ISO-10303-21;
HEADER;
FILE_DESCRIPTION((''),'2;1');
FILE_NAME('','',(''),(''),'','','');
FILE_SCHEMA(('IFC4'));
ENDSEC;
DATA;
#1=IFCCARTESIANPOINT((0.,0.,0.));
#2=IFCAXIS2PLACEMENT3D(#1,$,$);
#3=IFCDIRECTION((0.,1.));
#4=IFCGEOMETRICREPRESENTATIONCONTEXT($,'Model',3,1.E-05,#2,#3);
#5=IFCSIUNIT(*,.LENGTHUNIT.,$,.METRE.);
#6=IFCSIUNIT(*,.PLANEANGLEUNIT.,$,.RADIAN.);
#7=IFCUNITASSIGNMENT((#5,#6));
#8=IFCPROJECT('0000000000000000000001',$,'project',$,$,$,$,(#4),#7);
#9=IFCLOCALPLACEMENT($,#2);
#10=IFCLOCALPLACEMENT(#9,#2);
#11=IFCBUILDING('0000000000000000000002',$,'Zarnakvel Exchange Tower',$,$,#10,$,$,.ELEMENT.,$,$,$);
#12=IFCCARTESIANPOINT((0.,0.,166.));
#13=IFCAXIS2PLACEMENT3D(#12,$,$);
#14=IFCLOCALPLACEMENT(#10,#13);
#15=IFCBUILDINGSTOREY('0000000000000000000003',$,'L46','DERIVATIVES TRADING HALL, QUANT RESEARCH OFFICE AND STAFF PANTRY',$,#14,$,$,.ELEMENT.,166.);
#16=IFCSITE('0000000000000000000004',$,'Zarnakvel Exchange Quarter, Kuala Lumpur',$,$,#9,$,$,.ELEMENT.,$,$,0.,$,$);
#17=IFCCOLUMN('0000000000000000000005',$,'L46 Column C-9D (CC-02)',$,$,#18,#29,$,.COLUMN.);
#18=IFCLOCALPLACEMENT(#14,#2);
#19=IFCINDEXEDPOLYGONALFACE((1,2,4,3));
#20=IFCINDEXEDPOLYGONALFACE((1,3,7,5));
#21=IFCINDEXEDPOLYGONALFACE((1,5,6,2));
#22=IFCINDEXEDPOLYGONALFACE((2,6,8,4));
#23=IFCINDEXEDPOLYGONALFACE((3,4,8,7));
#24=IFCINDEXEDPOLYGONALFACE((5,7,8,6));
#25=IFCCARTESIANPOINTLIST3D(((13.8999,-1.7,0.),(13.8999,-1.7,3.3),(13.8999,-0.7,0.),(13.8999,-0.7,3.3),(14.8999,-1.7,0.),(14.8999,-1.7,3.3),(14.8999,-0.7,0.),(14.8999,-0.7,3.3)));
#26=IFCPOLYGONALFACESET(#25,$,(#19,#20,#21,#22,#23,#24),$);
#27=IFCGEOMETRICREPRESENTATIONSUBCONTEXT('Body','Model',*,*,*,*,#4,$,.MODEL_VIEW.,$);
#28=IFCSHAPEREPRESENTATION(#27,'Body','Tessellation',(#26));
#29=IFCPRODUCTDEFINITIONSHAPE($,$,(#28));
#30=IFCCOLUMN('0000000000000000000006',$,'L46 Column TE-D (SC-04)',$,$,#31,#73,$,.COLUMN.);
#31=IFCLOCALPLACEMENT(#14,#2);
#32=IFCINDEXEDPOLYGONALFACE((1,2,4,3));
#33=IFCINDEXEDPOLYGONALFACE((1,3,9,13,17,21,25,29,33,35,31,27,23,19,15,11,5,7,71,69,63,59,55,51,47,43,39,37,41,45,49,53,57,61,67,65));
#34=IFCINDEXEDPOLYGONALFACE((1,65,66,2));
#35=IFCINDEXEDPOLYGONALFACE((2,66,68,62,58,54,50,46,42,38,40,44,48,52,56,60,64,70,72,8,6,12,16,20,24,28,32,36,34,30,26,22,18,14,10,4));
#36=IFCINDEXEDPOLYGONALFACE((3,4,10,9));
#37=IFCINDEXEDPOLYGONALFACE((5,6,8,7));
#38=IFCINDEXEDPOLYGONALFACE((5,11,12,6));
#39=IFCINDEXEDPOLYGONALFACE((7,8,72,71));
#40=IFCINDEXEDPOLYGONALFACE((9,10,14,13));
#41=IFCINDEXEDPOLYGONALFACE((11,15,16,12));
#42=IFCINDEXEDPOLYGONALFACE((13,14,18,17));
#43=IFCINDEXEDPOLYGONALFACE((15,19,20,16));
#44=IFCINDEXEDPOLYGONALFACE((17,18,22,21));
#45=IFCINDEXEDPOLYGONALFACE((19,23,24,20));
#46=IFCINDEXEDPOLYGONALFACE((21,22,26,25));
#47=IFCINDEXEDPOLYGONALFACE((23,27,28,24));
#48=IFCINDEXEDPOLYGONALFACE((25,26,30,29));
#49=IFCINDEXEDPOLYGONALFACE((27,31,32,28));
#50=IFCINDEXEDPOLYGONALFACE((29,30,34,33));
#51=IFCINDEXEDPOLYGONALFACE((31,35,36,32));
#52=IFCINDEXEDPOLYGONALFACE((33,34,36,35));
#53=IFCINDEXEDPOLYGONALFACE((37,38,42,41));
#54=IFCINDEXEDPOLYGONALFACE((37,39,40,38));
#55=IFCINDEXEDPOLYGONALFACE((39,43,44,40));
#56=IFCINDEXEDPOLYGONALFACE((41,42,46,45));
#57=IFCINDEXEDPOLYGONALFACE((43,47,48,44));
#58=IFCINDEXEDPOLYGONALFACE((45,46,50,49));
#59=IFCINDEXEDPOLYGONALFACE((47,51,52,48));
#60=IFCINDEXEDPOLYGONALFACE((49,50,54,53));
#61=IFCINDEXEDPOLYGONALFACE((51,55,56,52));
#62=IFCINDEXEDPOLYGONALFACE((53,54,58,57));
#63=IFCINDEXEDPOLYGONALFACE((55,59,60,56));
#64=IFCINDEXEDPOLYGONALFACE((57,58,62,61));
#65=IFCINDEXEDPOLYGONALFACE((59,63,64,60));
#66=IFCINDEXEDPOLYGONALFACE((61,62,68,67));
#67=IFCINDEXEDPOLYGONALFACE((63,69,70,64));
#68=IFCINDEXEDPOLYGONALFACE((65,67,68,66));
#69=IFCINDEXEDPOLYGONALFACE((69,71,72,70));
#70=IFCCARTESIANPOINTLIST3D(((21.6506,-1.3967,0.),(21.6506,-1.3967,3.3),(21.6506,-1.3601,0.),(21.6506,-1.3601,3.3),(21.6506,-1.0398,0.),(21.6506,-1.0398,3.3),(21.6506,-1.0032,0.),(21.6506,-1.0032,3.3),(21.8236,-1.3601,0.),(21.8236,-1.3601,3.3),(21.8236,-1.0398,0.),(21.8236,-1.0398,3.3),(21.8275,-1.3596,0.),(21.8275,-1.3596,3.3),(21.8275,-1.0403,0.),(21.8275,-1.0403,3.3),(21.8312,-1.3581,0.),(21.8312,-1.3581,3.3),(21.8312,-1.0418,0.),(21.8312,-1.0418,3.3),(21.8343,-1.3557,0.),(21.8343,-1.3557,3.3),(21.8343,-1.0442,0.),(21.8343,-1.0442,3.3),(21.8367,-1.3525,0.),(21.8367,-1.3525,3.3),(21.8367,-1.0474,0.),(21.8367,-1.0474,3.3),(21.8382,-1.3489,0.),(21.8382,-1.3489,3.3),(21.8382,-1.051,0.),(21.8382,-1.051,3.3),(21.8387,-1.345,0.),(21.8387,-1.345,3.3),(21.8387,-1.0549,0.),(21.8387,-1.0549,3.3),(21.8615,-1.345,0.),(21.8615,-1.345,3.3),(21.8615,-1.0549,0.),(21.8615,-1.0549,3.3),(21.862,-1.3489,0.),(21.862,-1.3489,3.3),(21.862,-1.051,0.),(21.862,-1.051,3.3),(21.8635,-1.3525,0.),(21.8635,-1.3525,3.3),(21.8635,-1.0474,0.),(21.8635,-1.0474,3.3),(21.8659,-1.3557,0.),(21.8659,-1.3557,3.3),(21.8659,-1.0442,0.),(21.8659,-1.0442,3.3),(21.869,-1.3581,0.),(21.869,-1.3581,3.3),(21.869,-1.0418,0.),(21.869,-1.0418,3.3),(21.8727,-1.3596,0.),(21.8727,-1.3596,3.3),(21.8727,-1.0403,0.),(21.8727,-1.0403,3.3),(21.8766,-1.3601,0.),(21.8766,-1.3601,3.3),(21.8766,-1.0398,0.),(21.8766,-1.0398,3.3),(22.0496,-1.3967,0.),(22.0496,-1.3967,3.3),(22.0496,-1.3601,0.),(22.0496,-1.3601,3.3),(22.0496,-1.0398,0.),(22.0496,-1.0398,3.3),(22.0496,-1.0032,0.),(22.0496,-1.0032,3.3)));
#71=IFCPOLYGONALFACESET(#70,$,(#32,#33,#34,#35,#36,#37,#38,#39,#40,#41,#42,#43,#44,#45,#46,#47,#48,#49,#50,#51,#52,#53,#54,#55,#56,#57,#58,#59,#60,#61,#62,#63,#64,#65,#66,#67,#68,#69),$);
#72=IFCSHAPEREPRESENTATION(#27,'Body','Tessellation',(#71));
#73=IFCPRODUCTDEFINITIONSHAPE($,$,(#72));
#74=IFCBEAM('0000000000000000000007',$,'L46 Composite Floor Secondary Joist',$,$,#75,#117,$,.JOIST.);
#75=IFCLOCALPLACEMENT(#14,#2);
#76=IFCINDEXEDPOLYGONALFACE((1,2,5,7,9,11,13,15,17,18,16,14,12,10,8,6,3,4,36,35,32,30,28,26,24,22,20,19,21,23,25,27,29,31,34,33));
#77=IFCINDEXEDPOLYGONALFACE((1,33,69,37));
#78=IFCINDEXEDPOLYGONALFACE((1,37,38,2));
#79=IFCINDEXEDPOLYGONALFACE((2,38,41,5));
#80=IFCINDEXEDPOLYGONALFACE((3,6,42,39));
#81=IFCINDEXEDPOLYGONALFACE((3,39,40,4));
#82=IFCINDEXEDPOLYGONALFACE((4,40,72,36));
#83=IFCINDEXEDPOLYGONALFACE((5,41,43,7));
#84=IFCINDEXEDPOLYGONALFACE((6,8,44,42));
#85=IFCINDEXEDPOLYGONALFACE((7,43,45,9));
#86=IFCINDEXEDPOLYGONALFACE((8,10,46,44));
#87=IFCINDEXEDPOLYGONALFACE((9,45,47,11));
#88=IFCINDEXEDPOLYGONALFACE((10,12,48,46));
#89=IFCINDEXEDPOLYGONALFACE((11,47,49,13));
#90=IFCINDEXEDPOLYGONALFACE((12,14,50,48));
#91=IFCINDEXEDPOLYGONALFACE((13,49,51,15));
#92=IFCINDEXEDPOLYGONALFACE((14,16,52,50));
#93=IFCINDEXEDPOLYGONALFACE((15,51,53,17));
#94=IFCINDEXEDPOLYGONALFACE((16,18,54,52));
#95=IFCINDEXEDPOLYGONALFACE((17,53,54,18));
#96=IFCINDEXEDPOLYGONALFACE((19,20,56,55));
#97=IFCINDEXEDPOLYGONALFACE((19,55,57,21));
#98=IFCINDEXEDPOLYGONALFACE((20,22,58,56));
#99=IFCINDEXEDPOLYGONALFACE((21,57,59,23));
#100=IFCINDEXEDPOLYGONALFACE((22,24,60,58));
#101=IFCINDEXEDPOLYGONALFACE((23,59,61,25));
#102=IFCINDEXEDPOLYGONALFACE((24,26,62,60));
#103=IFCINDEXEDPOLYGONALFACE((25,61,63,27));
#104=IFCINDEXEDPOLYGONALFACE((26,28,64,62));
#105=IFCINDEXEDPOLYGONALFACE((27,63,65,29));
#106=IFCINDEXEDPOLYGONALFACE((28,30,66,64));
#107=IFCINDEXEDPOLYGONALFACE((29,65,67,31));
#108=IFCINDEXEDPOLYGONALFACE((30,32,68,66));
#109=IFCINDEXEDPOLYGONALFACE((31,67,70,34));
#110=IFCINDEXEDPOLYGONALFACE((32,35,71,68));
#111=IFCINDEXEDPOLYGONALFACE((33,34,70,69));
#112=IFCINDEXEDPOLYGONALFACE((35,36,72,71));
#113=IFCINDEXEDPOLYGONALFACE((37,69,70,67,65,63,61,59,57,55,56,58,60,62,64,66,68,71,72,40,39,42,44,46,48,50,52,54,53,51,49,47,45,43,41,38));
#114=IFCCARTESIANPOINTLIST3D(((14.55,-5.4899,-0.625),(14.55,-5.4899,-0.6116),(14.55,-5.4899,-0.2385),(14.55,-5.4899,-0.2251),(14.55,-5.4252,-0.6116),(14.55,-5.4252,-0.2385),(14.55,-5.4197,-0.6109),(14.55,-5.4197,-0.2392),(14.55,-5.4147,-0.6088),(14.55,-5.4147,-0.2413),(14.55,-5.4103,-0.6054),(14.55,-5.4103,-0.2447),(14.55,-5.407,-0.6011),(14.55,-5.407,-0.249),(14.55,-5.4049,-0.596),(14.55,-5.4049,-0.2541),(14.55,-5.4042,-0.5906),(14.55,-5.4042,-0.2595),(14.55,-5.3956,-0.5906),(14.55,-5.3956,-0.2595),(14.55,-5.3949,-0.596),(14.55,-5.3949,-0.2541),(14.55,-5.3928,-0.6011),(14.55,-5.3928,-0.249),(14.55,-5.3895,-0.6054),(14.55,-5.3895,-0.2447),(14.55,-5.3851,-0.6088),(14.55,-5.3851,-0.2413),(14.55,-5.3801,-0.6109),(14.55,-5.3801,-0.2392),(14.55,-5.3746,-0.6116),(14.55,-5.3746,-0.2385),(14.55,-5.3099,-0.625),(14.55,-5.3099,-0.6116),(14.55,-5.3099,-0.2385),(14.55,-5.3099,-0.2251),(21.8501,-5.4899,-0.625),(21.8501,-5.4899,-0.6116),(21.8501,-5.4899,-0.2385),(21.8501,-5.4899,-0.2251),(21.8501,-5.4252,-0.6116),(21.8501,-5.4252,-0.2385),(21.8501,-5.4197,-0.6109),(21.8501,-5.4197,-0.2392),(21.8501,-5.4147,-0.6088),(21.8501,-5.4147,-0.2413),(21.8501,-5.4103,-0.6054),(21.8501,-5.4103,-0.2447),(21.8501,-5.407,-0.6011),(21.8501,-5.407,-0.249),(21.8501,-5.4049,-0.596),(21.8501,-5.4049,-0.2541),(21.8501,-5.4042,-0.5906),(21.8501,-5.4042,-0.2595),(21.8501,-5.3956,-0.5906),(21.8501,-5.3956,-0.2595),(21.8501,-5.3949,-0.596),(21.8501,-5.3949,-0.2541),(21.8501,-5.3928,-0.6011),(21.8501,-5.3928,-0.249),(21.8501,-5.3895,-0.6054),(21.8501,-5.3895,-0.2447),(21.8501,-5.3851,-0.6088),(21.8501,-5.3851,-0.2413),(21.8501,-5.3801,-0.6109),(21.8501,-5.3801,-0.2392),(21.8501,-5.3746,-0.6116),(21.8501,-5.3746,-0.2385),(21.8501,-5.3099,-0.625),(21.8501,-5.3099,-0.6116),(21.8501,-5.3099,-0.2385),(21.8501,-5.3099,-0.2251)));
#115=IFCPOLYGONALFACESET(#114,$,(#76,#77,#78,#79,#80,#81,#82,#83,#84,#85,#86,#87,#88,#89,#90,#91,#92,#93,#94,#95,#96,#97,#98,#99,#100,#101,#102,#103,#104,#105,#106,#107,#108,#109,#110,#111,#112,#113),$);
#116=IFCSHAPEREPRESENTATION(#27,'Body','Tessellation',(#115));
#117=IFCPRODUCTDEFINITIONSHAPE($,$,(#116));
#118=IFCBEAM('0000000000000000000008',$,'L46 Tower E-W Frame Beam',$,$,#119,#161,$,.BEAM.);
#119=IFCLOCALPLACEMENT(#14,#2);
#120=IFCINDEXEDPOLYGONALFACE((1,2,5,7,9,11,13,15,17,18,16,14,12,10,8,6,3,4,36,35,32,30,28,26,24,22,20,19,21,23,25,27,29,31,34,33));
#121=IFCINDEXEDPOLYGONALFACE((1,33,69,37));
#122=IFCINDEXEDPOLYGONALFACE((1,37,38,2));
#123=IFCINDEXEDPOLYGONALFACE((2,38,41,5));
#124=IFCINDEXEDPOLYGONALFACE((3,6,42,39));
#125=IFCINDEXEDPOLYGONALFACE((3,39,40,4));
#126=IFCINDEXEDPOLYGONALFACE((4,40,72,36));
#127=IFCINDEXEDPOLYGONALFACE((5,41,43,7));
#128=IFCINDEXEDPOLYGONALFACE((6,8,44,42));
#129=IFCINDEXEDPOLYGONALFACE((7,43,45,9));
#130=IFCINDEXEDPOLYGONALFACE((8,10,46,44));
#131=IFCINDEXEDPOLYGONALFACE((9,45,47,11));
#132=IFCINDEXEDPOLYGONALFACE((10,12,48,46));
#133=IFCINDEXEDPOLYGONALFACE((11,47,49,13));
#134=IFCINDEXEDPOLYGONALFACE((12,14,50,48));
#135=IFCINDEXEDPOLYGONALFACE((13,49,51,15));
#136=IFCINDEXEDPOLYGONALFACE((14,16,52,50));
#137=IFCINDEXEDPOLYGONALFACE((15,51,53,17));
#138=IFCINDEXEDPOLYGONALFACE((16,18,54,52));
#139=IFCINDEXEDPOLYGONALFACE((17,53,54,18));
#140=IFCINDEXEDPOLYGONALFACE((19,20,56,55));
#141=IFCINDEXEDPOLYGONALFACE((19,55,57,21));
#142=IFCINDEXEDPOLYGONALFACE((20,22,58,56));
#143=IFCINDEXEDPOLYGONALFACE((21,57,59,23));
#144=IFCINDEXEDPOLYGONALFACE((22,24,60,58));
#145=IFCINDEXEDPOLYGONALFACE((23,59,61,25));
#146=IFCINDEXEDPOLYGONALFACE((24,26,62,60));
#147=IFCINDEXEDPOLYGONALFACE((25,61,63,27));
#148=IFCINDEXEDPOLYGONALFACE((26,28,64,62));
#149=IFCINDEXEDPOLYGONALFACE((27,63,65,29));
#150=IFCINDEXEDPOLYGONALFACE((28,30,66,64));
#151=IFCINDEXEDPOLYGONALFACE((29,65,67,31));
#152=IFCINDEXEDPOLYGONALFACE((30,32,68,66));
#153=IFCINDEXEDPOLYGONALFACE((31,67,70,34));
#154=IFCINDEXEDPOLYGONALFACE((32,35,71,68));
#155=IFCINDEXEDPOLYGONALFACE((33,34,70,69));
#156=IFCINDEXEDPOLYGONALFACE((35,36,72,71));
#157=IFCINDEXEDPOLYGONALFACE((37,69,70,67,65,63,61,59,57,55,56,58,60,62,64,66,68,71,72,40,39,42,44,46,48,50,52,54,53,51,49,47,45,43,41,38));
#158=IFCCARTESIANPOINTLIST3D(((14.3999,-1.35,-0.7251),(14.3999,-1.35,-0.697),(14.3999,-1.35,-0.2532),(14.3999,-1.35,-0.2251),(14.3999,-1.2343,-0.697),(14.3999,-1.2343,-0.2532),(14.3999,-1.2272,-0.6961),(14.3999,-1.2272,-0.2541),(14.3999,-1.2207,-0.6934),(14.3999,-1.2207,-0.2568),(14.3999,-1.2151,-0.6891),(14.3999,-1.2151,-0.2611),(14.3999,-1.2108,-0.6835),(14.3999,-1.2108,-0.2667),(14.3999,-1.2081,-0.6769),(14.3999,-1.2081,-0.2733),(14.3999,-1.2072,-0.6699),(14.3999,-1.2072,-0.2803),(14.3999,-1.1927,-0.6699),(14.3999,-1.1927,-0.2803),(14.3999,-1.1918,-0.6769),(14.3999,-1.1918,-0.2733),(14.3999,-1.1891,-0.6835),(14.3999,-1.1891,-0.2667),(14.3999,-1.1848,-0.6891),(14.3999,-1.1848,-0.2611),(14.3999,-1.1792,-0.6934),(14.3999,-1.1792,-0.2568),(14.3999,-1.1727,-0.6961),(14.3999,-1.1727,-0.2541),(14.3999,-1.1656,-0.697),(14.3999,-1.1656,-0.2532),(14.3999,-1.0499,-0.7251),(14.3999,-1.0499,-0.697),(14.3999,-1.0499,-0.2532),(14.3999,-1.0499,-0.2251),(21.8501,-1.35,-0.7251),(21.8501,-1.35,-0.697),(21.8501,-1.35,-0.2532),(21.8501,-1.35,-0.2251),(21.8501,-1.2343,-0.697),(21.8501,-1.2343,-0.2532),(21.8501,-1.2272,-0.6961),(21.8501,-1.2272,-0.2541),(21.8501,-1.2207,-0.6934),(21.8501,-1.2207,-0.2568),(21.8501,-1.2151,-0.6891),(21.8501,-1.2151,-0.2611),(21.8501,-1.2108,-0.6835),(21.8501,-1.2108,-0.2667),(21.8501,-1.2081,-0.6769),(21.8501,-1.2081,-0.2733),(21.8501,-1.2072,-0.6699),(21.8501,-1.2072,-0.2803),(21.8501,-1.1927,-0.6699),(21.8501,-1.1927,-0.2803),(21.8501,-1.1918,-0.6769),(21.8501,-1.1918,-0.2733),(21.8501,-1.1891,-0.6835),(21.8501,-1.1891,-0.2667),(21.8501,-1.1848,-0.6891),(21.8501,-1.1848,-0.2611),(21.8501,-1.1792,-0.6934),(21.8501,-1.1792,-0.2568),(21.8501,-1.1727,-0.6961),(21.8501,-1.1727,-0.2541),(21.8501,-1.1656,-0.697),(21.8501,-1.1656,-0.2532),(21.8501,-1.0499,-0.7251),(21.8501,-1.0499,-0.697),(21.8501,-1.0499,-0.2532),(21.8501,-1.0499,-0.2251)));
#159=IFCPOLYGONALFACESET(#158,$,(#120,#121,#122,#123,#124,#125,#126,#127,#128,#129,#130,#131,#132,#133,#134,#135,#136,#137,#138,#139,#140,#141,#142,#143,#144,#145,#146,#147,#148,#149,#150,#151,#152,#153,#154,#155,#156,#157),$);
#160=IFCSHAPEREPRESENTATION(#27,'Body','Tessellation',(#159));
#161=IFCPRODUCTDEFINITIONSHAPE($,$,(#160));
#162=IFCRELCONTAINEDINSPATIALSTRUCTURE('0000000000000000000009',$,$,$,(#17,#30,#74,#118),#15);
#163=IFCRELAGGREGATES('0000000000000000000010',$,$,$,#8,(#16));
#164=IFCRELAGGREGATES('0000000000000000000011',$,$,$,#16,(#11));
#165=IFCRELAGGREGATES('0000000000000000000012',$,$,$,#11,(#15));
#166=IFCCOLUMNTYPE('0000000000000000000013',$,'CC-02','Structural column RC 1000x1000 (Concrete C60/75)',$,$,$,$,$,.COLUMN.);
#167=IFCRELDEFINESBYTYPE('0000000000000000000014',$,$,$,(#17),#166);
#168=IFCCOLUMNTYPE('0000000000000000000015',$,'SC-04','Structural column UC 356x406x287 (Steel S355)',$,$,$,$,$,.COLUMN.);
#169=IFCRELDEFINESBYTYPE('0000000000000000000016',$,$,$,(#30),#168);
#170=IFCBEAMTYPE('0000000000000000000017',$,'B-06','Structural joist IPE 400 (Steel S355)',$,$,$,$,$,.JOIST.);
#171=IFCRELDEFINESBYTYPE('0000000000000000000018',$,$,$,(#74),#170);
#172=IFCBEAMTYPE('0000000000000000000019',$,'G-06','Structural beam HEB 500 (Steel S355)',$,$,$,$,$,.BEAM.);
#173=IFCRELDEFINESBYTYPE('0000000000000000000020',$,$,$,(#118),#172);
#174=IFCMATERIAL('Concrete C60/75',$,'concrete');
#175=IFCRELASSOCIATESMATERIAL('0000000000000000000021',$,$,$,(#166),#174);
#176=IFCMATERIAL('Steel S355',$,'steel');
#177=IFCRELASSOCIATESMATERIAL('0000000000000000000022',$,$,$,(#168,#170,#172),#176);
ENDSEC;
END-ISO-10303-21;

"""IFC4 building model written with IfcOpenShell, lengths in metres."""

from ifc_helpers import new_model, si_unit, direction, frame, origin, origin_2d, place, context, subcontext, project, spatial, rectangle, i_section, extrude, material, material_profile, profile_set, type_object, element, save


model = new_model("IFC4")

# Units and contexts
model_context = context("Model", 3, precision=1e-05, world=origin(), true_north=direction((0.0, 1.0)))
body_context = subcontext(model_context, "Body", "Model", "MODEL_VIEW")
ifc_project = project(units=[si_unit("LENGTHUNIT", "METRE"), si_unit("PLANEANGLEUNIT", "RADIAN")], contexts=[model_context])

# Site, building, storey
site_placement = place(None, origin())
site = spatial("IfcSite", under=ifc_project, at=site_placement, Name="Zarnakvel Exchange Quarter, Kuala Lumpur", CompositionType="ELEMENT", RefElevation=0.0)
building_placement = place(site_placement, origin())
building = spatial("IfcBuilding", under=site, at=building_placement, Name="Zarnakvel Exchange Tower", CompositionType="ELEMENT")
storey_placement = place(building_placement, frame((0.0, 0.0, 166.0)))
storey = spatial("IfcBuildingStorey", under=building, at=storey_placement, Name="L46", Description="DERIVATIVES TRADING HALL, QUANT RESEARCH OFFICE AND STAFF PANTRY", CompositionType="ELEMENT", Elevation=166.0)

# Columns
ifc_material_1 = material(Name="Concrete C60/75", Category="concrete")
ifc_material_profile_1 = material_profile(ifc_material_1, rectangle(XDim=1.0, YDim=1.0, at=origin_2d()))
ifc_profile_set_1 = profile_set([ifc_material_profile_1], Name="Concrete C60/75")
column_type_1 = type_object("IfcColumnType", Name="CC-02", Description="Structural column RC 1000x1000 (Concrete C60/75)", PredefinedType="COLUMN", material=ifc_profile_set_1)
column_1_placement = place(storey_placement, frame((14.3999, -1.2, 0.0), z_axis=(0.0, 0.0, 1.0), x_axis=(1.0, 0.0, 0.0)))
element("IfcColumn", 1, at=column_1_placement, inside=storey, type_object=column_type_1, Name="L46 Column C-9D (CC-02)", PredefinedType="COLUMN", context=body_context, shape_type="SweptSolid", body=[
    extrude(rectangle(XDim=1.0, YDim=1.0, at=origin_2d()), origin(), (0.0, 0.0, 1.0), 3.3),
])
ifc_material_2 = material(Name="Steel S355", Category="steel")
ifc_material_profile_2 = material_profile(ifc_material_2, i_section(OverallWidth=0.3989, OverallDepth=0.3936, WebThickness=0.0227, FlangeThickness=0.0366, FilletRadius=0.0151, at=origin_2d()))
ifc_profile_set_2 = profile_set([ifc_material_profile_2], Name="Steel S355")
column_type_2 = type_object("IfcColumnType", Name="SC-04", Description="Structural column UC 356x406x287 (Steel S355)", PredefinedType="COLUMN", material=ifc_profile_set_2)
column_2_placement = place(storey_placement, frame((21.8501, -1.2, 0.0), z_axis=(0.0, 0.0, 1.0), x_axis=(1.0, 0.0, 0.0)))
element("IfcColumn", 2, at=column_2_placement, inside=storey, type_object=column_type_2, Name="L46 Column TE-D (SC-04)", PredefinedType="COLUMN", context=body_context, shape_type="SweptSolid", body=[
    extrude(i_section(OverallWidth=0.3989, OverallDepth=0.3936, WebThickness=0.0227, FlangeThickness=0.0366, FilletRadius=0.0151, at=origin_2d()), origin(), (0.0, 0.0, 1.0), 3.3),
])

# Beams
ifc_material_profile_3 = material_profile(ifc_material_2, i_section(OverallWidth=0.1799, OverallDepth=0.3999, WebThickness=0.0085, FlangeThickness=0.0134, FilletRadius=0.021, at=origin_2d()))
ifc_profile_set_3 = profile_set([ifc_material_profile_3], Name="Steel S355")
beam_type_1 = type_object("IfcBeamType", Name="B-06", Description="Structural joist IPE 400 (Steel S355)", PredefinedType="JOIST", material=ifc_profile_set_3)
beam_1_placement = place(storey_placement, frame((14.55, -5.3999, -0.425), z_axis=(1.0, 0.0, 0.0), x_axis=(0.0, 1.0, 0.0)))
element("IfcBeam", 3, at=beam_1_placement, inside=storey, type_object=beam_type_1, Name="L46 Composite Floor Secondary Joist", PredefinedType="JOIST", context=body_context, shape_type="SweptSolid", body=[
    extrude(i_section(OverallWidth=0.1799, OverallDepth=0.3999, WebThickness=0.0085, FlangeThickness=0.0134, FilletRadius=0.021, at=origin_2d()), origin(), (0.0, 0.0, 1.0), 7.3),
])
ifc_material_profile_4 = material_profile(ifc_material_2, i_section(OverallWidth=0.3, OverallDepth=0.5, WebThickness=0.0144, FlangeThickness=0.0281, FilletRadius=0.0271, at=origin_2d()))
ifc_profile_set_4 = profile_set([ifc_material_profile_4], Name="Steel S355")
beam_type_2 = type_object("IfcBeamType", Name="G-06", Description="Structural beam HEB 500 (Steel S355)", PredefinedType="BEAM", material=ifc_profile_set_4)
beam_2_placement = place(storey_placement, frame((14.3999, -1.2, -0.4751), z_axis=(1.0, 0.0, 0.0), x_axis=(0.0, 1.0, 0.0)))
element("IfcBeam", 4, at=beam_2_placement, inside=storey, type_object=beam_type_2, Name="L46 Tower E-W Frame Beam", PredefinedType="BEAM", context=body_context, shape_type="SweptSolid", body=[
    extrude(i_section(OverallWidth=0.3, OverallDepth=0.5, WebThickness=0.0144, FlangeThickness=0.0281, FilletRadius=0.0271, at=origin_2d()), origin(), (0.0, 0.0, 1.0), 7.4502),
])

save(model, "model.ifc")
